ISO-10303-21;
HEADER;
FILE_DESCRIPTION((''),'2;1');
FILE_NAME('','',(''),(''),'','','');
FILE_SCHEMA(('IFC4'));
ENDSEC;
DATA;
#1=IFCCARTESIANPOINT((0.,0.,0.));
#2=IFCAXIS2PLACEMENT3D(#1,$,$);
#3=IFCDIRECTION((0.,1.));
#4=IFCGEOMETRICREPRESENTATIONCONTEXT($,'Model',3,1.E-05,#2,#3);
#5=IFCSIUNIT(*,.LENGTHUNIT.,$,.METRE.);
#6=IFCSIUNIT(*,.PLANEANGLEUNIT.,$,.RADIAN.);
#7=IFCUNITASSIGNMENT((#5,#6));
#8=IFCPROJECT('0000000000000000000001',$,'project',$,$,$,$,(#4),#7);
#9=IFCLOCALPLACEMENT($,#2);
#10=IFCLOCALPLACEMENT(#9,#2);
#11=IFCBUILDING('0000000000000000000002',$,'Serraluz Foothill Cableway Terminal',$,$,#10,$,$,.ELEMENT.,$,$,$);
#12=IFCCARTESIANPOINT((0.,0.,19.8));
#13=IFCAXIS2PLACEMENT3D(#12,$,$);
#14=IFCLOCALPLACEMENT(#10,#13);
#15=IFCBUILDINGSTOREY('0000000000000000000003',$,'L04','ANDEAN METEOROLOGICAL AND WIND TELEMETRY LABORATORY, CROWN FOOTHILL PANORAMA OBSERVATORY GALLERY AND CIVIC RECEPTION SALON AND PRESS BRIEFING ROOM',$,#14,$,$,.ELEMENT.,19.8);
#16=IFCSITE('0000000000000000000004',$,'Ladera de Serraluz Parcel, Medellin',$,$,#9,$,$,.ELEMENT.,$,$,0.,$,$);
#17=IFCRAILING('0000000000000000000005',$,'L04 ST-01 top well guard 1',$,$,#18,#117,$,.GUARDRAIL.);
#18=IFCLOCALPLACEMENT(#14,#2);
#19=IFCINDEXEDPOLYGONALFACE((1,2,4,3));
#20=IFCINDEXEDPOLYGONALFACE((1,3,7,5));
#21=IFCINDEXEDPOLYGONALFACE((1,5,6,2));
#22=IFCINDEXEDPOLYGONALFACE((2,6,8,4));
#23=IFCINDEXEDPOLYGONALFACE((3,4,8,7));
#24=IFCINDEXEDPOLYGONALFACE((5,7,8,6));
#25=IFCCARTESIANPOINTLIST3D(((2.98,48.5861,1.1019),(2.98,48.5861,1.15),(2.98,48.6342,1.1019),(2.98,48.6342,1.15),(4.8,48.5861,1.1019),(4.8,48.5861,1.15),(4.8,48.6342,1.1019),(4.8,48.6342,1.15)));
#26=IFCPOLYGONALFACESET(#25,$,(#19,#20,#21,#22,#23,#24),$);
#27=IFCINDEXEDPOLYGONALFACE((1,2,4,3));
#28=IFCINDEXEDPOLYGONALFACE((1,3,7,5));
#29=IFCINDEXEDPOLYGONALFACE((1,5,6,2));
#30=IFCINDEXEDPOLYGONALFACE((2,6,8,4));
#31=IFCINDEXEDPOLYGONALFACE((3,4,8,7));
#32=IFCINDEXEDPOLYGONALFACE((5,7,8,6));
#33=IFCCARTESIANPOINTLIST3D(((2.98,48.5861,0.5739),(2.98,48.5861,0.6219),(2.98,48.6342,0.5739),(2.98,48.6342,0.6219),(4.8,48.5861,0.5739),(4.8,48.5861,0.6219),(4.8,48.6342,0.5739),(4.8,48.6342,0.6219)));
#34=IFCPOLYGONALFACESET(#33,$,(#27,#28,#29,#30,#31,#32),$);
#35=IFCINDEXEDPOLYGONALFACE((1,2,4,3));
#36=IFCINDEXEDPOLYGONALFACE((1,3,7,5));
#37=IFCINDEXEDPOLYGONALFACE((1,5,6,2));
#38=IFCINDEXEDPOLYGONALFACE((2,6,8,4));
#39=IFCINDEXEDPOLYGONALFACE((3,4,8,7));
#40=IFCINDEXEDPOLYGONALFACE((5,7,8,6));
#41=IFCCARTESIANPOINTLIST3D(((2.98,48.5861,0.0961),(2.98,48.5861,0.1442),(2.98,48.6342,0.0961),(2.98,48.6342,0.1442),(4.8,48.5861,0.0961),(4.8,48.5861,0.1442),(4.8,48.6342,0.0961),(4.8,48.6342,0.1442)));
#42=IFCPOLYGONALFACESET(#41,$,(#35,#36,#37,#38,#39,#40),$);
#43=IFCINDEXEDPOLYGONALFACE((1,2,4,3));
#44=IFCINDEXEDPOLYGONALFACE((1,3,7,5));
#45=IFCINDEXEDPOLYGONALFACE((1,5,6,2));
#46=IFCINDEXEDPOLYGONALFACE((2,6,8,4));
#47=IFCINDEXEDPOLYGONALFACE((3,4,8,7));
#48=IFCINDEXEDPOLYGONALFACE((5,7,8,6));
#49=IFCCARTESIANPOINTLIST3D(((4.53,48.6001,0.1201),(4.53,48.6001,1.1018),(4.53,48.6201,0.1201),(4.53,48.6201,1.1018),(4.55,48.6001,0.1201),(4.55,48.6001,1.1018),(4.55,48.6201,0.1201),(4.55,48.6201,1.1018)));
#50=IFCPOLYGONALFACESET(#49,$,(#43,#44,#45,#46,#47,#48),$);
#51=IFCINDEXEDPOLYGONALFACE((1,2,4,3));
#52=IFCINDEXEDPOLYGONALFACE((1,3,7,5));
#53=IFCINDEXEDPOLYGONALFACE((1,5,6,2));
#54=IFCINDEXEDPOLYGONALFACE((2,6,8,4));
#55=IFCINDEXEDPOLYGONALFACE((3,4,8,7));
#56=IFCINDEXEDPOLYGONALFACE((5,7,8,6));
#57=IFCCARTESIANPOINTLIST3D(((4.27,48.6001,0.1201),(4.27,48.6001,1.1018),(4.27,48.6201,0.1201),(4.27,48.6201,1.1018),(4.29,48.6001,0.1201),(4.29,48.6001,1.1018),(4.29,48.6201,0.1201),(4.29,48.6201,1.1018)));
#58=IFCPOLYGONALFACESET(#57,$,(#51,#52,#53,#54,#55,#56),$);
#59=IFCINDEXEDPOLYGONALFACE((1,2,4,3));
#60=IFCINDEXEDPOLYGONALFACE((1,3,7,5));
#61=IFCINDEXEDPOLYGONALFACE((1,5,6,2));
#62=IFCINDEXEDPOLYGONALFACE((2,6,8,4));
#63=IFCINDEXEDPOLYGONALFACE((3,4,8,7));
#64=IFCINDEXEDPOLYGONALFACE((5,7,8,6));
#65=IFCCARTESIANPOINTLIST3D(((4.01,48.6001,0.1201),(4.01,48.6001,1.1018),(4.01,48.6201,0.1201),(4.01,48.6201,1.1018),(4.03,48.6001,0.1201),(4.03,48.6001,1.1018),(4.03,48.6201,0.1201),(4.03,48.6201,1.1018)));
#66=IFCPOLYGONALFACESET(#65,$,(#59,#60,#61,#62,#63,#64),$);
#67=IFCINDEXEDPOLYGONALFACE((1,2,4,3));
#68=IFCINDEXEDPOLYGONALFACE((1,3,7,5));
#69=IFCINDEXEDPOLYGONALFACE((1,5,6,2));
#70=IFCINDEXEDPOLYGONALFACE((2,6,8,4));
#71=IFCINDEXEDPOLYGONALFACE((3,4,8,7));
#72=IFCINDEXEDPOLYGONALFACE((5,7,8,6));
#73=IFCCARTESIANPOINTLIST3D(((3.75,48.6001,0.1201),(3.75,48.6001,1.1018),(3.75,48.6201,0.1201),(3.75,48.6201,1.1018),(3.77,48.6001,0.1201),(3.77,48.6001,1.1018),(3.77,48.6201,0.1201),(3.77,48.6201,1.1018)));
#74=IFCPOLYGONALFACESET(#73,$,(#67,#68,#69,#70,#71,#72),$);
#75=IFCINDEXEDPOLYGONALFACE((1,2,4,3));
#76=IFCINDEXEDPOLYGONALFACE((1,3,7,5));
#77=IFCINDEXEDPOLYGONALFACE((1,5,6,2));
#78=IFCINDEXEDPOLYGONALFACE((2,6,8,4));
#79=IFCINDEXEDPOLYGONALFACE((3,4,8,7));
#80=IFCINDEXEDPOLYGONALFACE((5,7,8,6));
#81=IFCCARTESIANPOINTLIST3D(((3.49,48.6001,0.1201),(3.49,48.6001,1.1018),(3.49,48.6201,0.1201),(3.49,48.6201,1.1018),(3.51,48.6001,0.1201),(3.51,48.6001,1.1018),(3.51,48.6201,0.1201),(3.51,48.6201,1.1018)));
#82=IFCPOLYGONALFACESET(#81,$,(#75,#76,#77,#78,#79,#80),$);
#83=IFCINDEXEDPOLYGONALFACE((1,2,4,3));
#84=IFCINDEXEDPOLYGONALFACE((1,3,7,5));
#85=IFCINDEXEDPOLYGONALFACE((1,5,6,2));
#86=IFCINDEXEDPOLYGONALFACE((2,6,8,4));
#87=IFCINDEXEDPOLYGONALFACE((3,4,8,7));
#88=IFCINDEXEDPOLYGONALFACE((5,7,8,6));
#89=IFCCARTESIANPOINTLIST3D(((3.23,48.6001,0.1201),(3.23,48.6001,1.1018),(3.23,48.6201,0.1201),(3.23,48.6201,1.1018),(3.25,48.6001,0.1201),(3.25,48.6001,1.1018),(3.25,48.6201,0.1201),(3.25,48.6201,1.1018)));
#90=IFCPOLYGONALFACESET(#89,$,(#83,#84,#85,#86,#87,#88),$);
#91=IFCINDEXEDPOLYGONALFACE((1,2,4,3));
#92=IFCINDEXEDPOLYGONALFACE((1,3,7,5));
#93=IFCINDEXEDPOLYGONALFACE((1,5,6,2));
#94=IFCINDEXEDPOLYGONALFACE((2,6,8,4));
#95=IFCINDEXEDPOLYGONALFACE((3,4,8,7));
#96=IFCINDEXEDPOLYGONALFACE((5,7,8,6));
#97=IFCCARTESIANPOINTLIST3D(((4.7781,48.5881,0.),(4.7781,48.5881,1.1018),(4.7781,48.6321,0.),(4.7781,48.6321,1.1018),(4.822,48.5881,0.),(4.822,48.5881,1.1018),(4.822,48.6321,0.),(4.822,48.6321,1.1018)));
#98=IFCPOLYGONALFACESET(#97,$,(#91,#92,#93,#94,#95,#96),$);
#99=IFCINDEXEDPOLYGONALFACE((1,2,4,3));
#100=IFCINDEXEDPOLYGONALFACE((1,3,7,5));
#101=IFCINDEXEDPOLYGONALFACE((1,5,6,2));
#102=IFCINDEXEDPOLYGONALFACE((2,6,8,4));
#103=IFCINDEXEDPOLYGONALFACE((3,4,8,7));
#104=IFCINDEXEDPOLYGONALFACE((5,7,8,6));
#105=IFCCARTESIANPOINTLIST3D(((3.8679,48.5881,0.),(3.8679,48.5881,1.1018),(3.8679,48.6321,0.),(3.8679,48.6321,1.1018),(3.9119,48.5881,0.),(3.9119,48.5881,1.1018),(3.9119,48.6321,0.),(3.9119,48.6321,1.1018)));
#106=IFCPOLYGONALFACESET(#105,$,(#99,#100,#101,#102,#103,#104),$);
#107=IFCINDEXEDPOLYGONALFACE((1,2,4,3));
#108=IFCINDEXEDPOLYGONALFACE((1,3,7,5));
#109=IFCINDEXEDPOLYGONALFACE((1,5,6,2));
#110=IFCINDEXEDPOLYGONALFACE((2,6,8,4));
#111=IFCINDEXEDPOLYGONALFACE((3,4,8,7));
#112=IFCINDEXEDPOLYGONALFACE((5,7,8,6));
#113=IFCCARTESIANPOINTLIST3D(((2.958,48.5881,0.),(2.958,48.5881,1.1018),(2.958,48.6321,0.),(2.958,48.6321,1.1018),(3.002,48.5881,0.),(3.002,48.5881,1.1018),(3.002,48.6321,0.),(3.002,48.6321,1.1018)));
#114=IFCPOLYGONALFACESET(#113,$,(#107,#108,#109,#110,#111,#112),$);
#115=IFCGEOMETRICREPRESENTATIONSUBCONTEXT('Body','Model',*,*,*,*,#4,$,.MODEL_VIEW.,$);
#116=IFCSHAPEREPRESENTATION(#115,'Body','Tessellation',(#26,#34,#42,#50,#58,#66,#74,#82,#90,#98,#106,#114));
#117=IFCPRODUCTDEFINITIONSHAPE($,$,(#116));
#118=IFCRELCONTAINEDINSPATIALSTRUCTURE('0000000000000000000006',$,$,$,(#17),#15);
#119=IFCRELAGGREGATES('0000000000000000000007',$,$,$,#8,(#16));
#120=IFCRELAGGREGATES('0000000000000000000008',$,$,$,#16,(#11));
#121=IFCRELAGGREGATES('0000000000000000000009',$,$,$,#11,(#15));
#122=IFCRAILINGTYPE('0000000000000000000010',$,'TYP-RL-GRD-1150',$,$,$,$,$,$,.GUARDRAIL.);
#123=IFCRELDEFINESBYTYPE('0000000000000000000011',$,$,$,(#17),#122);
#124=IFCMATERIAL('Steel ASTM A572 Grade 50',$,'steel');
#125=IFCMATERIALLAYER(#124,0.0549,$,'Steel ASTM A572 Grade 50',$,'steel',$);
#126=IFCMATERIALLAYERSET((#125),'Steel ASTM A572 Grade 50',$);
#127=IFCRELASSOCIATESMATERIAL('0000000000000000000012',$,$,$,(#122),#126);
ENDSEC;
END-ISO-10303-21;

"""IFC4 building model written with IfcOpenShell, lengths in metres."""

from ifc_helpers import new_model, si_unit, direction, frame, origin, origin_2d, place, context, subcontext, project, spatial, rectangle, extrude, material, layer, layer_set, type_object, element, save


model = new_model("IFC4")

# Units and contexts
model_context = context("Model", 3, precision=1e-05, world=origin(), true_north=direction((0.0, 1.0)))
body_context = subcontext(model_context, "Body", "Model", "MODEL_VIEW")
ifc_project = project(units=[si_unit("LENGTHUNIT", "METRE"), si_unit("PLANEANGLEUNIT", "RADIAN")], contexts=[model_context])

# Site, building, storey
site_placement = place(None, origin())
site = spatial("IfcSite", under=ifc_project, at=site_placement, Name="Ladera de Serraluz Parcel, Medellin", CompositionType="ELEMENT", RefElevation=0.0)
building_placement = place(site_placement, origin())
building = spatial("IfcBuilding", under=site, at=building_placement, Name="Serraluz Foothill Cableway Terminal", CompositionType="ELEMENT")
storey_placement = place(building_placement, frame((0.0, 0.0, 19.8)))
storey = spatial("IfcBuildingStorey", under=building, at=storey_placement, Name="L04", Description="ANDEAN METEOROLOGICAL AND WIND TELEMETRY LABORATORY, CROWN FOOTHILL PANORAMA OBSERVATORY GALLERY AND CIVIC RECEPTION SALON AND PRESS BRIEFING ROOM", CompositionType="ELEMENT", Elevation=19.8)

# Shared definitions
ifc_material_1 = material(Name="Steel ASTM A572 Grade 50", Category="steel")

# Railing
ifc_layer_1 = layer(ifc_material_1, 0.0549, Name="Steel ASTM A572 Grade 50", Category="steel")
ifc_layer_set_1 = layer_set([ifc_layer_1], Name="Steel ASTM A572 Grade 50")
railing_type_1 = type_object("IfcRailingType", Name="TYP-RL-GRD-1150", PredefinedType="GUARDRAIL", material=ifc_layer_set_1)
railing_1_placement = place(storey_placement, frame((4.8, 48.6101, 0.0)))
element("IfcRailing", 1, at=railing_1_placement, inside=storey, type_object=railing_type_1, Name="L04 ST-01 top well guard 1", PredefinedType="GUARDRAIL", context=body_context, shape_type="SweptSolid", body=[
    extrude(rectangle(XDim=0.0481, YDim=0.0481, at=origin_2d()), frame((0.0, 0.0, 1.126), z_axis=(-1.0, 0.0, 0.0), x_axis=(0.0, -1.0, 0.0)), (0.0, 0.0, 1.0), 1.8201),
    extrude(rectangle(XDim=0.0481, YDim=0.0481, at=origin_2d()), frame((0.0, 0.0, 0.5979), z_axis=(-1.0, 0.0, 0.0), x_axis=(0.0, -1.0, 0.0)), (0.0, 0.0, 1.0), 1.8201),
    extrude(rectangle(XDim=0.0481, YDim=0.0481, at=origin_2d()), frame((0.0, 0.0, 0.1201), z_axis=(-1.0, 0.0, 0.0), x_axis=(0.0, -1.0, 0.0)), (0.0, 0.0, 1.0), 1.8201),
    extrude(rectangle(XDim=0.02, YDim=0.02, at=origin_2d()), frame((-0.26, 0.0, 0.1201)), (0.0, 0.0, 1.0), 0.9817),
    extrude(rectangle(XDim=0.02, YDim=0.02, at=origin_2d()), frame((-0.52, 0.0, 0.1201)), (0.0, 0.0, 1.0), 0.9817),
    extrude(rectangle(XDim=0.02, YDim=0.02, at=origin_2d()), frame((-0.78, 0.0, 0.1201)), (0.0, 0.0, 1.0), 0.9817),
    extrude(rectangle(XDim=0.02, YDim=0.02, at=origin_2d()), frame((-1.04, 0.0, 0.1201)), (0.0, 0.0, 1.0), 0.9817),
    extrude(rectangle(XDim=0.02, YDim=0.02, at=origin_2d()), frame((-1.3, 0.0, 0.1201)), (0.0, 0.0, 1.0), 0.9817),
    extrude(rectangle(XDim=0.02, YDim=0.02, at=origin_2d()), frame((-1.5601, 0.0, 0.1201)), (0.0, 0.0, 1.0), 0.9817),
    extrude(rectangle(XDim=0.0439, YDim=0.0439, at=origin_2d()), origin(), (0.0, 0.0, 1.0), 1.1018),
    extrude(rectangle(XDim=0.0439, YDim=0.0439, at=origin_2d()), frame((-0.9102, 0.0, 0.0)), (0.0, 0.0, 1.0), 1.1018),
    extrude(rectangle(XDim=0.0439, YDim=0.0439, at=origin_2d()), frame((-1.8201, 0.0, 0.0)), (0.0, 0.0, 1.0), 1.1018),
])

save(model, "model.ifc")
